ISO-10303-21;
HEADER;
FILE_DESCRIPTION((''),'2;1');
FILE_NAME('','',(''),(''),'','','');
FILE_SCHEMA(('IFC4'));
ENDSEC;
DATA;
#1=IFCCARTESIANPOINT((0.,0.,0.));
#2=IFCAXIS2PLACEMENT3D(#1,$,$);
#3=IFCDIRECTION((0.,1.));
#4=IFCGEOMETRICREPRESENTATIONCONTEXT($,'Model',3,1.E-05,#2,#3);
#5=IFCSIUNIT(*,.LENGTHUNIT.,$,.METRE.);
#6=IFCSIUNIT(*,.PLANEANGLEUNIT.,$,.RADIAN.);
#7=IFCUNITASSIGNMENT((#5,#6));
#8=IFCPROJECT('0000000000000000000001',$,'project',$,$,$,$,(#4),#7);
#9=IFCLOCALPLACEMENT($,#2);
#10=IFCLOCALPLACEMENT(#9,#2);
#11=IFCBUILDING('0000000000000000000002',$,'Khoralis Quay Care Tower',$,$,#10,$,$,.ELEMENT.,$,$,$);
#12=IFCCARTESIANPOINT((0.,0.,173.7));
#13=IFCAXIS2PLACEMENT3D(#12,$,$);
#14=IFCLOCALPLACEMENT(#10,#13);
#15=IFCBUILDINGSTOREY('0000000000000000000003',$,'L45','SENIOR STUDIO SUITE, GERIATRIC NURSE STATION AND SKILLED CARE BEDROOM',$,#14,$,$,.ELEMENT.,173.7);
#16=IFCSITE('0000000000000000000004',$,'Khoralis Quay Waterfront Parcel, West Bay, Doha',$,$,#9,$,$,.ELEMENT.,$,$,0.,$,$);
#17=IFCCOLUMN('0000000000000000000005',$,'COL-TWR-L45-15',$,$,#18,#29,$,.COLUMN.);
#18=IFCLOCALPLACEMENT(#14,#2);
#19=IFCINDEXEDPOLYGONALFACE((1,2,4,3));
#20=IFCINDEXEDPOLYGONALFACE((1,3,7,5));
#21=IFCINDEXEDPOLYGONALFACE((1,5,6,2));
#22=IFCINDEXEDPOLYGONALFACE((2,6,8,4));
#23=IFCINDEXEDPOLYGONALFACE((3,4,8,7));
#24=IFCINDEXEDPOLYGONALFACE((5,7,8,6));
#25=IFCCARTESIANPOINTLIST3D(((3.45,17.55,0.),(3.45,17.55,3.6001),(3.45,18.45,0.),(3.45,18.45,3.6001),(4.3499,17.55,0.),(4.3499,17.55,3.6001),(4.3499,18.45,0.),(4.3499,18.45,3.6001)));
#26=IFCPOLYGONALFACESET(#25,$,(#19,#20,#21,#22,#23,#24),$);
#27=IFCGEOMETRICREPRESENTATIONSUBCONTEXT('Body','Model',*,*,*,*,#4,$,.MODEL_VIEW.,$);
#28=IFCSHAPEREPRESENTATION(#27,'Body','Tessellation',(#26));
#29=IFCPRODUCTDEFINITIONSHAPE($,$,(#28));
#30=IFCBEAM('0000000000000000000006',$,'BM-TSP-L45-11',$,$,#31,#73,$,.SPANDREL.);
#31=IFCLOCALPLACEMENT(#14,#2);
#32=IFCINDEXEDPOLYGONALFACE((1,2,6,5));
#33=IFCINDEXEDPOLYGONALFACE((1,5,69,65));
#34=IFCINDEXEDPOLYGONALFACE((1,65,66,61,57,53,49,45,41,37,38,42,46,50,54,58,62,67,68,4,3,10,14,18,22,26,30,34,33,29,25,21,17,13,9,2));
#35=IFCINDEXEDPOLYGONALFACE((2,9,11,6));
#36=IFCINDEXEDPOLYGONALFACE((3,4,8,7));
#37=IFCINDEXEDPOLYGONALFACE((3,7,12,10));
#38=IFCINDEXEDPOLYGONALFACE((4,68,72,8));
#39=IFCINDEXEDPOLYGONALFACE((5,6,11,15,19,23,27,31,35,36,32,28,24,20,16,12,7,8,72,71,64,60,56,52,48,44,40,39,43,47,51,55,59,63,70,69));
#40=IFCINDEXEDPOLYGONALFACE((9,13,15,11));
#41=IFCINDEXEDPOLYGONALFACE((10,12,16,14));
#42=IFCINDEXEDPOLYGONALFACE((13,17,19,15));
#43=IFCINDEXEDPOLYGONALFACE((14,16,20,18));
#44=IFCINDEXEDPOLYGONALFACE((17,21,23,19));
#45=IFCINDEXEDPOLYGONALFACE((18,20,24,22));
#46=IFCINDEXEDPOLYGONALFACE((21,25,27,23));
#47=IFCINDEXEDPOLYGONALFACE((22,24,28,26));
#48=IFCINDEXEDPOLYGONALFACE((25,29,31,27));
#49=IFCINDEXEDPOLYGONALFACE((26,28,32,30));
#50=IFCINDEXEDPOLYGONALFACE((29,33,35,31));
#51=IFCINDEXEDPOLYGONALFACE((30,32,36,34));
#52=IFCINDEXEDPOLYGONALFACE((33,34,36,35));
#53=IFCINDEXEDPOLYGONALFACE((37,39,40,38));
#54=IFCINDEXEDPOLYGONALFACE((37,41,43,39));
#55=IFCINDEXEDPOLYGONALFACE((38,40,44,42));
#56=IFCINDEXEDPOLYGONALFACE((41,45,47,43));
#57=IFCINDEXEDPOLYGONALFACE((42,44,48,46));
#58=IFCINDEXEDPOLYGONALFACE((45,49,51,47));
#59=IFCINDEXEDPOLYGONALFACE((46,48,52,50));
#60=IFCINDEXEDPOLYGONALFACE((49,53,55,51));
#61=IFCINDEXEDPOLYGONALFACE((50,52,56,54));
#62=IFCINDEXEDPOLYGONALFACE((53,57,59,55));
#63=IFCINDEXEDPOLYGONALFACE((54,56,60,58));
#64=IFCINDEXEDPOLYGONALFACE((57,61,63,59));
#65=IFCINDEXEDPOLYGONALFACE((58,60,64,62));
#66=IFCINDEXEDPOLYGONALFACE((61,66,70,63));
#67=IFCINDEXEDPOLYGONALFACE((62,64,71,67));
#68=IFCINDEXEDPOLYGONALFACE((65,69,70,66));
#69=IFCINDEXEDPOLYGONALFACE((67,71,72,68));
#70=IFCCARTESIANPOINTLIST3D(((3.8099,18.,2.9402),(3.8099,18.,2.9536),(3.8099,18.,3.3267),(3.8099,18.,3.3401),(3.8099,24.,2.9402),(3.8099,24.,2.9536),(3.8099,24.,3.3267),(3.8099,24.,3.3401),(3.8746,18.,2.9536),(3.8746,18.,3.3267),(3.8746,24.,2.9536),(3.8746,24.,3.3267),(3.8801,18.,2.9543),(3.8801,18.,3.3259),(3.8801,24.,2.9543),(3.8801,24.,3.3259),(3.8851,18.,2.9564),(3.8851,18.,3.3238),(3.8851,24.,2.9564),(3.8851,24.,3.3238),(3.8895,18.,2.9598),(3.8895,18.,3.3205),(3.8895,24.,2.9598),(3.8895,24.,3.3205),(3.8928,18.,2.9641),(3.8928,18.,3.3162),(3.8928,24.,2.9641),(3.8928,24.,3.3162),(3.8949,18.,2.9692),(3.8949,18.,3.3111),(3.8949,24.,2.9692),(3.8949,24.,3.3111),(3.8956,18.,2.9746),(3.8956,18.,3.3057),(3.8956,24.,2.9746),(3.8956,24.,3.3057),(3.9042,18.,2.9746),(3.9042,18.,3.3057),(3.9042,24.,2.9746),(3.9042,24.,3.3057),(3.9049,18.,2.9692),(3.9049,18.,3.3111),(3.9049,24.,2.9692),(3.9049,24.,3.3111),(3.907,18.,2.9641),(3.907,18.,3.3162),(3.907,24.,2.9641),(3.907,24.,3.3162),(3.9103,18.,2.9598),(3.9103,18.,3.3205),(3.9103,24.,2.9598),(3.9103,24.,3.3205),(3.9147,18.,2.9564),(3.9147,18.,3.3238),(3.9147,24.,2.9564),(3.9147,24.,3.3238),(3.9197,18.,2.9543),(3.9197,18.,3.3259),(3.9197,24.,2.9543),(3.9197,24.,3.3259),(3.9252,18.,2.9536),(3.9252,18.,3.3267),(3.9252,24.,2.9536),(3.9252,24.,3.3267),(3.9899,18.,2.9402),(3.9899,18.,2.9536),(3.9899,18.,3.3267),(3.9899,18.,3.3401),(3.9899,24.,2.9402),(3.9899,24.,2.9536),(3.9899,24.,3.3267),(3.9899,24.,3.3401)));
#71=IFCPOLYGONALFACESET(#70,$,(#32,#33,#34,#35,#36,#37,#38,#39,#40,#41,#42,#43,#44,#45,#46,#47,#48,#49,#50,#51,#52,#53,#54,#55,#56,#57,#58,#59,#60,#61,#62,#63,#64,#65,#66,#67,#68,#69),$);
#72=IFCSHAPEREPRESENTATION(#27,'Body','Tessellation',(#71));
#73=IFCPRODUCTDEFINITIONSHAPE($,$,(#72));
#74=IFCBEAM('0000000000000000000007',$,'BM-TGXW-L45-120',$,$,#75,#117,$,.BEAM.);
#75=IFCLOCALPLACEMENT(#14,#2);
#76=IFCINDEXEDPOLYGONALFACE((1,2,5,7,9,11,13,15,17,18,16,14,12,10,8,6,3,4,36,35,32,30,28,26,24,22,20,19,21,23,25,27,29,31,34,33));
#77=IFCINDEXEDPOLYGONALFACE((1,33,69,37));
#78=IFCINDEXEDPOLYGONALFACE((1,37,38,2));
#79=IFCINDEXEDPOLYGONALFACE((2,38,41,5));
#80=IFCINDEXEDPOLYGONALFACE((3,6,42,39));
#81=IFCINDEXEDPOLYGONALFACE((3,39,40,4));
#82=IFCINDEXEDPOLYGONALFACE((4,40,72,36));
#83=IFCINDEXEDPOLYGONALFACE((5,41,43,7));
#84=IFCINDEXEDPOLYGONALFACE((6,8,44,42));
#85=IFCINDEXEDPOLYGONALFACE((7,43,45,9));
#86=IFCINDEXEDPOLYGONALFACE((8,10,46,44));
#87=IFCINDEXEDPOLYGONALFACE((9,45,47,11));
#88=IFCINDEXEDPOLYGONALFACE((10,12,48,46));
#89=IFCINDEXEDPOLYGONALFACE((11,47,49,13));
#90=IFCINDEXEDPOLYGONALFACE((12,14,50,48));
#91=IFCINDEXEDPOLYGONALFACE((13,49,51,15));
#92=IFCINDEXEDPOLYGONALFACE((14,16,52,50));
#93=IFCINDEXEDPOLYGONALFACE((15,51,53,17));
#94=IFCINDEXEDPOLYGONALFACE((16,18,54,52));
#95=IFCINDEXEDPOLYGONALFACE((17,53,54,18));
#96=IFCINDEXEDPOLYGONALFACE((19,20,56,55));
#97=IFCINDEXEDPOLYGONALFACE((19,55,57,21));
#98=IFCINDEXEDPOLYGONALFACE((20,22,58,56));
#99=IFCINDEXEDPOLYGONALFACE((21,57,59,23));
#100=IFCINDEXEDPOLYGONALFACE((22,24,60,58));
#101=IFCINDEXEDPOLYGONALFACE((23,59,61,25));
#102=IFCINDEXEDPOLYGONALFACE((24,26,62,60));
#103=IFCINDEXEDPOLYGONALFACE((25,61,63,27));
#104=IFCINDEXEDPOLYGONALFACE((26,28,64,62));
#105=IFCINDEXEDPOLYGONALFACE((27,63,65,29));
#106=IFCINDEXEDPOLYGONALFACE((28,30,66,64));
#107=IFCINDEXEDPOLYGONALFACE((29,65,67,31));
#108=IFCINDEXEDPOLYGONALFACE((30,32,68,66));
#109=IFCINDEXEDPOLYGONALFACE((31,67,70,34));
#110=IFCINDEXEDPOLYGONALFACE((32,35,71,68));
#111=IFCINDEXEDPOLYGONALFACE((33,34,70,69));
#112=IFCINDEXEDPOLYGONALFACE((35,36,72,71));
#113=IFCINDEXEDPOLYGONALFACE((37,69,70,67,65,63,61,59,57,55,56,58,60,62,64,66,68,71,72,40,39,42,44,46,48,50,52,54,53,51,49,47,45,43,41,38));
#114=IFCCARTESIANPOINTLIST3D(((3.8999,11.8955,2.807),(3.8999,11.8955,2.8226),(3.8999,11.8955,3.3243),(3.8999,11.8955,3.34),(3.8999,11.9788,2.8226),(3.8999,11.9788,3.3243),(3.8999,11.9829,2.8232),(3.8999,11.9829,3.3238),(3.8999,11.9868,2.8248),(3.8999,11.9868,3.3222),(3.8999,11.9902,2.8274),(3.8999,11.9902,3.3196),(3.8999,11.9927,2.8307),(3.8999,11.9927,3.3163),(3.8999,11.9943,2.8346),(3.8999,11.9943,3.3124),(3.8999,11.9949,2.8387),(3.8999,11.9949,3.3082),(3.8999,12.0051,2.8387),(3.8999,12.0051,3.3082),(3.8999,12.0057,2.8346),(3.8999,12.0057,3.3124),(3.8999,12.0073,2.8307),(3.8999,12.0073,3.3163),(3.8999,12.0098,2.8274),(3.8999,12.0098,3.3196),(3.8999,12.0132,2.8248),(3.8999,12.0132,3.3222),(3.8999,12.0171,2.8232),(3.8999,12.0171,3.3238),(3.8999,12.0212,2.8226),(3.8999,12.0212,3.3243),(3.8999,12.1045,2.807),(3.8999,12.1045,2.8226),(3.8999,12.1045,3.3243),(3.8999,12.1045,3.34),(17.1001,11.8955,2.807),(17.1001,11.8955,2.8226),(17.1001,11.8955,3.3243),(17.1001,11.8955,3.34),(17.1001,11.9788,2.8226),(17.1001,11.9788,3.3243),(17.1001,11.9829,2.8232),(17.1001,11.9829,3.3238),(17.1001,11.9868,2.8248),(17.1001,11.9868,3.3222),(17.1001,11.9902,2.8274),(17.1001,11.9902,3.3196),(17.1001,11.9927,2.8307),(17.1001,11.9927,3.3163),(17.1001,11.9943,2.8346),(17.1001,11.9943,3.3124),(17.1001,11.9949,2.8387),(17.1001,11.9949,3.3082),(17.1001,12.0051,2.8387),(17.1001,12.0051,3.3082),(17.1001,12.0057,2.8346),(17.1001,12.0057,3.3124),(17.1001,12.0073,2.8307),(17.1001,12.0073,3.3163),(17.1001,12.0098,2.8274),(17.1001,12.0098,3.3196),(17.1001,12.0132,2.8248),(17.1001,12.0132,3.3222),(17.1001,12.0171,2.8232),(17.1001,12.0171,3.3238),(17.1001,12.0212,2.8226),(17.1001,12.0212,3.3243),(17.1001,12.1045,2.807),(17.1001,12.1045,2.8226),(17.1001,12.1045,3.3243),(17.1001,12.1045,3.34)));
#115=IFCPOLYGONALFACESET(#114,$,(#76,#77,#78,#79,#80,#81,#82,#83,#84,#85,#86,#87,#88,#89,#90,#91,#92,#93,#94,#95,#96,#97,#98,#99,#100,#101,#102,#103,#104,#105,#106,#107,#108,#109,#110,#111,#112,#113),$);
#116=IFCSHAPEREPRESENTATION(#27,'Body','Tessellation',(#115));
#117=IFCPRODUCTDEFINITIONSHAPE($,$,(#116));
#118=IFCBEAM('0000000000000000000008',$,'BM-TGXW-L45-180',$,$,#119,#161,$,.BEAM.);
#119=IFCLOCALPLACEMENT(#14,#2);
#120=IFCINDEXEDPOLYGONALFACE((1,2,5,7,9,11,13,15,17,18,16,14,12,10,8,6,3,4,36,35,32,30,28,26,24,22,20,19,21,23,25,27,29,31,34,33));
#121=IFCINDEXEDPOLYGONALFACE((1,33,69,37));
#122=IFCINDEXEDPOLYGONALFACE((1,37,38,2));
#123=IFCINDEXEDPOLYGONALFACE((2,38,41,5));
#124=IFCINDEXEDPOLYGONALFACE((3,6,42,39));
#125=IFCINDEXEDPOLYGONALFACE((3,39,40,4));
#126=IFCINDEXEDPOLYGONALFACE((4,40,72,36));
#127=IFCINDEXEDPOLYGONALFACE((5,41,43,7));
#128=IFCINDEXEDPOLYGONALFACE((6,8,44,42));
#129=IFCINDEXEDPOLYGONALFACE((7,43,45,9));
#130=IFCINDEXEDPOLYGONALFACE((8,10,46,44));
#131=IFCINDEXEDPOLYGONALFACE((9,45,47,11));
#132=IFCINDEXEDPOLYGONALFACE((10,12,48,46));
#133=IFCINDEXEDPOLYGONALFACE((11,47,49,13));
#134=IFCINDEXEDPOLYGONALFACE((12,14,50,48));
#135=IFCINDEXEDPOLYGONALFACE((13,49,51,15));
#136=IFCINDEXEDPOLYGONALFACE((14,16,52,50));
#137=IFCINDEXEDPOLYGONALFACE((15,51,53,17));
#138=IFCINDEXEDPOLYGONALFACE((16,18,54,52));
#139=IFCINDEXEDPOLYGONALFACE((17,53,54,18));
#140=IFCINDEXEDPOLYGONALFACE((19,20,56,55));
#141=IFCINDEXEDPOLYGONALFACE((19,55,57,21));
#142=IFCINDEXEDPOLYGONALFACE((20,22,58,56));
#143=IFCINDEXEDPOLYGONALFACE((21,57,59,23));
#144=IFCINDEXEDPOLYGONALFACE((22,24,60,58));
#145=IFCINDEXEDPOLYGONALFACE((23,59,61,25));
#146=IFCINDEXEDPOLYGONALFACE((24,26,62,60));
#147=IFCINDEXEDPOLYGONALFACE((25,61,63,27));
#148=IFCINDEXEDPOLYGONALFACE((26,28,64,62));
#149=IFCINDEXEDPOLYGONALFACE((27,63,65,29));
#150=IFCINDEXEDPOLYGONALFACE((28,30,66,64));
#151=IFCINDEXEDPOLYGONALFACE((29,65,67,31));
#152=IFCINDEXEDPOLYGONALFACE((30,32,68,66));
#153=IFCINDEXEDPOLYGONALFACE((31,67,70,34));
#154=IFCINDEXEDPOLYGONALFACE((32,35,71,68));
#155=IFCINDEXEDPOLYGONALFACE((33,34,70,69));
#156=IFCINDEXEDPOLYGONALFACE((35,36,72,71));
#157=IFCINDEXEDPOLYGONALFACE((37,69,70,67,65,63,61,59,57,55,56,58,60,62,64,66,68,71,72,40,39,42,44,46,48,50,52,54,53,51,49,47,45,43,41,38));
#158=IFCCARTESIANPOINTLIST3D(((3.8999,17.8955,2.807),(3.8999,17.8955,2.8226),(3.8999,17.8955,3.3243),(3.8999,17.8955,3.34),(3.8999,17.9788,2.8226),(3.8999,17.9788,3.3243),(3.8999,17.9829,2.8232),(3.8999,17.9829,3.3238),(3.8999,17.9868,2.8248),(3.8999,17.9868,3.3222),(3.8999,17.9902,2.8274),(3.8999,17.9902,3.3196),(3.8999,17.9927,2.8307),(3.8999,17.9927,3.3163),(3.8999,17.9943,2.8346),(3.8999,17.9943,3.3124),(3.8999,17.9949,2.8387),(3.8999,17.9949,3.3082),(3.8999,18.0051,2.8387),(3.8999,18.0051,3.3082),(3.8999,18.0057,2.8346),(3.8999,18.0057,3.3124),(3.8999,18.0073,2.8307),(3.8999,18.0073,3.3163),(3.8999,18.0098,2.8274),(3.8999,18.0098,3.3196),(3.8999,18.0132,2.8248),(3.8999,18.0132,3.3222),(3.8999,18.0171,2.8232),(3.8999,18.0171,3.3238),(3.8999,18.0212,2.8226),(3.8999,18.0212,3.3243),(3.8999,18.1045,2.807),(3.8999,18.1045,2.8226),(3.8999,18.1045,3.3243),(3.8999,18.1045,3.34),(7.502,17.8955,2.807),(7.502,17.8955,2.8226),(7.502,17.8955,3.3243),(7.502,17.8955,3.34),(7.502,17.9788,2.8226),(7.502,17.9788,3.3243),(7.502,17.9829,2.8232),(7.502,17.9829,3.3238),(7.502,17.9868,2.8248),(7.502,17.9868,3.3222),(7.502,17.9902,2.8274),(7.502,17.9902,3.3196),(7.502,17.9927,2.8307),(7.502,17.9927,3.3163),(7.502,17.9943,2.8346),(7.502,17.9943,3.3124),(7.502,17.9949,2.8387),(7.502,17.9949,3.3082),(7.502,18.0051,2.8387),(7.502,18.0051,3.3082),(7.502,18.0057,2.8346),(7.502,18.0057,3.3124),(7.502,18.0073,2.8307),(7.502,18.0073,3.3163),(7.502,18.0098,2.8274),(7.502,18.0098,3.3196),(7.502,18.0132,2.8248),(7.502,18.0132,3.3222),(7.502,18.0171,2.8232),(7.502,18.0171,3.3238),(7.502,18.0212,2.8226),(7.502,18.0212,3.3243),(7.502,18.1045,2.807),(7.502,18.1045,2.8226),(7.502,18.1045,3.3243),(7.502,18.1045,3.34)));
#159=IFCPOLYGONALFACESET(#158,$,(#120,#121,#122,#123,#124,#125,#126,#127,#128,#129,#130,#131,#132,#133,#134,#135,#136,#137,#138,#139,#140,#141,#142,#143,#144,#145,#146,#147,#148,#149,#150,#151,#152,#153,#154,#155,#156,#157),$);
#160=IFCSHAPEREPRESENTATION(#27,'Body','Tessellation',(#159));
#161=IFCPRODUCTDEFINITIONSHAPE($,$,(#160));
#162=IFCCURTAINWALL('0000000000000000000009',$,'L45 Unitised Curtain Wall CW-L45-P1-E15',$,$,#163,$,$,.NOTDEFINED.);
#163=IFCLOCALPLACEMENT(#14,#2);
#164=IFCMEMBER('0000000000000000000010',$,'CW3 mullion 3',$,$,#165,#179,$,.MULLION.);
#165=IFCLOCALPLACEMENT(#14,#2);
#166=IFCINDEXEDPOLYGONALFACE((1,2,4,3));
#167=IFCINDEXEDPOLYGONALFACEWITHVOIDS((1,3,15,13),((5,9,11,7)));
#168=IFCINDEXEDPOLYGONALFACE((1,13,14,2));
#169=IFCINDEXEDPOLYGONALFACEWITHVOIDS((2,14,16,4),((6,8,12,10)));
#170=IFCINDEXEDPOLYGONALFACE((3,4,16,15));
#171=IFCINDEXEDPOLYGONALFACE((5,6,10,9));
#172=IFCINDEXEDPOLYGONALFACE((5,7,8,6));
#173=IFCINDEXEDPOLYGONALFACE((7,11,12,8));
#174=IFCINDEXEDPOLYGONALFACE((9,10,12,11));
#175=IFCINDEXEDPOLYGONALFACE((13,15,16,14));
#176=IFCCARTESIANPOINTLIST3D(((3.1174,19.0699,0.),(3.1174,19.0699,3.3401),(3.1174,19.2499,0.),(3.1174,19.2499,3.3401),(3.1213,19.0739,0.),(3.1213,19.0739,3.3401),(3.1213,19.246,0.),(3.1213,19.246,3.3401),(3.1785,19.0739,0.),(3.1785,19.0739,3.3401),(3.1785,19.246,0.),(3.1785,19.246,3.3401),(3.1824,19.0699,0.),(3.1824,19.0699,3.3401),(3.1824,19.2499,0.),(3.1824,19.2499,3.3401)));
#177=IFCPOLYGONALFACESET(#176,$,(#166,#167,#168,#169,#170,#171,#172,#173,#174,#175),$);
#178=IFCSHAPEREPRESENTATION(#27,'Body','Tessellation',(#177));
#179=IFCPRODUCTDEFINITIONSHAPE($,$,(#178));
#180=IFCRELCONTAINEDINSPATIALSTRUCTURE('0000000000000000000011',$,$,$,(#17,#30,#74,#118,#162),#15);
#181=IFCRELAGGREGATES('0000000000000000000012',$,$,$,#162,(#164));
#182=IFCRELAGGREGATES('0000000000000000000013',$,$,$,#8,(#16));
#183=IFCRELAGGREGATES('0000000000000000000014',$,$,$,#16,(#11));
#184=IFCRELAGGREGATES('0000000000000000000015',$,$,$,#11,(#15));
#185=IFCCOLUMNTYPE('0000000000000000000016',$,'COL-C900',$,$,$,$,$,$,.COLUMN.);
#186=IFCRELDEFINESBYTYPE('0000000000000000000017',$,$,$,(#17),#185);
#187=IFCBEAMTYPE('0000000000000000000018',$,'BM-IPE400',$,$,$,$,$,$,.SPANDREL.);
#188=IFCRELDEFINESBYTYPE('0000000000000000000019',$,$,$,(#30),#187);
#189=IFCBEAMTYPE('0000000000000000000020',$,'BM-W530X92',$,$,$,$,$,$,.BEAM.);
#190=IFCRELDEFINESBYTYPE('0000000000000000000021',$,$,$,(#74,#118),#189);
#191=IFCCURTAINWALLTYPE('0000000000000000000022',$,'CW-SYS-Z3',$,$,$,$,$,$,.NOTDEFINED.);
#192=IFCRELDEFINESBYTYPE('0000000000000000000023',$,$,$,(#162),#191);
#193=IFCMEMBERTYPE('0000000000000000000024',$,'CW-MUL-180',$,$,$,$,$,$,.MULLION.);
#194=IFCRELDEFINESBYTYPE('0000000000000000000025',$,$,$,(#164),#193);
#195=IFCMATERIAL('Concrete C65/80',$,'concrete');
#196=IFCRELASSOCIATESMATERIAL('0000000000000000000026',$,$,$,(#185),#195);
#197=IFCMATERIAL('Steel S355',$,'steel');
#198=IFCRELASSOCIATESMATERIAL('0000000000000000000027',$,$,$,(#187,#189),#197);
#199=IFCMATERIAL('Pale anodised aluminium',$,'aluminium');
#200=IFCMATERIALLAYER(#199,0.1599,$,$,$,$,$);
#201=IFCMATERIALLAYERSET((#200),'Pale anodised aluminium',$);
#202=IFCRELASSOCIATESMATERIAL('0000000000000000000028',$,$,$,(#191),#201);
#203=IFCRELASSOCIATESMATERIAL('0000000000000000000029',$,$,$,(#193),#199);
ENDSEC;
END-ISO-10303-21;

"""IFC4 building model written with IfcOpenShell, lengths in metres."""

from ifc_helpers import new_model, si_unit, direction, frame, origin, origin_2d, place, context, subcontext, project, spatial, rectangle, hollow_rectangle, i_section, extrude, source, transform, mapped, material, layer, layer_set, material_profile, profile_set, type_object, element, aggregate, save


model = new_model("IFC4")

# Units and contexts
model_context = context("Model", 3, precision=1e-05, world=origin(), true_north=direction((0.0, 1.0)))
body_context = subcontext(model_context, "Body", "Model", "MODEL_VIEW")
ifc_project = project(units=[si_unit("LENGTHUNIT", "METRE"), si_unit("PLANEANGLEUNIT", "RADIAN")], contexts=[model_context])

# Site, building, storey
site_placement = place(None, origin())
site = spatial("IfcSite", under=ifc_project, at=site_placement, Name="Khoralis Quay Waterfront Parcel, West Bay, Doha", CompositionType="ELEMENT", RefElevation=0.0)
building_placement = place(site_placement, origin())
building = spatial("IfcBuilding", under=site, at=building_placement, Name="Khoralis Quay Care Tower", CompositionType="ELEMENT")
storey_placement = place(building_placement, frame((0.0, 0.0, 173.7)))
storey = spatial("IfcBuildingStorey", under=building, at=storey_placement, Name="L45", Description="SENIOR STUDIO SUITE, GERIATRIC NURSE STATION AND SKILLED CARE BEDROOM", CompositionType="ELEMENT", Elevation=173.7)

# Column
ifc_material_1 = material(Name="Concrete C65/80", Category="concrete")
ifc_material_profile_1 = material_profile(ifc_material_1, rectangle(XDim=0.8999, YDim=0.8999, at=origin_2d()), Name="Concrete C65/80")
ifc_profile_set_1 = profile_set([ifc_material_profile_1], Name="Concrete C65/80")
column_type = type_object("IfcColumnType", Name="COL-C900", PredefinedType="COLUMN", material=ifc_profile_set_1)
shared_shape_1 = source(origin(), body_context, "Body", "SweptSolid", [
    extrude(rectangle(XDim=0.8999, YDim=0.8999, at=origin_2d()), origin(), (0.0, 0.0, 1.0), 3.6001),
])
column_placement = place(storey_placement, frame((3.8999, 18.0, 0.0), z_axis=(0.0, 0.0, 1.0), x_axis=(1.0, 0.0, 0.0)))
element("IfcColumn", 1, at=column_placement, inside=storey, type_object=column_type, Name="COL-TWR-L45-15", PredefinedType="COLUMN", context=body_context, shape_type="MappedRepresentation", body=[
    mapped(shared_shape_1, transform((0.0, 0.0, 0.0), scale=1.0)),
])

# Beams
ifc_material_2 = material(Name="Steel S355", Category="steel")
ifc_material_profile_2 = material_profile(ifc_material_2, i_section(OverallWidth=0.1799, OverallDepth=0.3999, WebThickness=0.0085, FlangeThickness=0.0134, FilletRadius=0.021, at=origin_2d()), Name="Steel S355")
ifc_profile_set_2 = profile_set([ifc_material_profile_2], Name="Steel S355")
beam_type_1 = type_object("IfcBeamType", Name="BM-IPE400", PredefinedType="SPANDREL", material=ifc_profile_set_2)
shared_shape_2 = source(origin(), body_context, "Body", "SweptSolid", [
    extrude(i_section(OverallWidth=0.1799, OverallDepth=0.3999, WebThickness=0.0085, FlangeThickness=0.0134, FilletRadius=0.021, at=origin_2d()), origin(), (0.0, 0.0, 1.0), 6.0),
])
beam_1_placement = place(storey_placement, frame((3.8999, 18.0, 3.1401), z_axis=(0.0, 1.0, 0.0), x_axis=(-1.0, 0.0, 0.0)))
element("IfcBeam", 2, at=beam_1_placement, inside=storey, type_object=beam_type_1, Name="BM-TSP-L45-11", PredefinedType="SPANDREL", context=body_context, shape_type="MappedRepresentation", body=[
    mapped(shared_shape_2, transform((0.0, 0.0, 0.0), scale=1.0)),
])
ifc_material_profile_3 = material_profile(ifc_material_2, i_section(OverallWidth=0.209, OverallDepth=0.533, WebThickness=0.0103, FlangeThickness=0.0156, FilletRadius=0.0161, at=origin_2d()), Name="Steel S355")
ifc_profile_set_3 = profile_set([ifc_material_profile_3], Name="Steel S355")
beam_type_2 = type_object("IfcBeamType", Name="BM-W530X92", PredefinedType="BEAM", material=ifc_profile_set_3)
shared_shape_3 = source(origin(), body_context, "Body", "SweptSolid", [
    extrude(i_section(OverallWidth=0.209, OverallDepth=0.533, WebThickness=0.0103, FlangeThickness=0.0156, FilletRadius=0.0161, at=origin_2d()), origin(), (0.0, 0.0, 1.0), 13.2002),
])
beam_2_placement = place(storey_placement, frame((3.8999, 12.0, 3.0735), z_axis=(1.0, 0.0, 0.0), x_axis=(0.0, 1.0, 0.0)))
element("IfcBeam", 3, at=beam_2_placement, inside=storey, type_object=beam_type_2, Name="BM-TGXW-L45-120", PredefinedType="BEAM", context=body_context, shape_type="MappedRepresentation", body=[
    mapped(shared_shape_3, transform((0.0, 0.0, 0.0), scale=1.0)),
])
shared_shape_4 = source(origin(), body_context, "Body", "SweptSolid", [
    extrude(i_section(OverallWidth=0.209, OverallDepth=0.533, WebThickness=0.0103, FlangeThickness=0.0156, FilletRadius=0.0161, at=origin_2d()), origin(), (0.0, 0.0, 1.0), 3.6021),
])
beam_3_placement = place(storey_placement, frame((3.8999, 18.0, 3.0735), z_axis=(1.0, 0.0, 0.0), x_axis=(0.0, 1.0, 0.0)))
element("IfcBeam", 4, at=beam_3_placement, inside=storey, type_object=beam_type_2, Name="BM-TGXW-L45-180", PredefinedType="BEAM", context=body_context, shape_type="MappedRepresentation", body=[
    mapped(shared_shape_4, transform((0.0, 0.0, 0.0), scale=1.0)),
])

# Curtain wall, member
ifc_material_3 = material(Name="Pale anodised aluminium", Category="aluminium")
ifc_layer_1 = layer(ifc_material_3, 0.1599)
ifc_layer_set_1 = layer_set([ifc_layer_1], Name="Pale anodised aluminium")
curtain_wall_type = type_object("IfcCurtainWallType", Name="CW-SYS-Z3", PredefinedType="NOTDEFINED", material=ifc_layer_set_1)
curtain_wall_placement = place(storey_placement, origin())
curtain_wall = element("IfcCurtainWall", 5, at=curtain_wall_placement, inside=storey, type_object=curtain_wall_type, Name="L45 Unitised Curtain Wall CW-L45-P1-E15", PredefinedType="NOTDEFINED")
ifc_material_profile_4 = material_profile(ifc_material_3, hollow_rectangle(XDim=0.0649, YDim=0.1799, WallThickness=0.0039, at=origin_2d()), Name="Pale anodised aluminium")
ifc_profile_set_4 = profile_set([ifc_material_profile_4], Name="Pale anodised aluminium")
member_type_1 = type_object("IfcMemberType", Name="CW-MUL-180", PredefinedType="MULLION", material=ifc_profile_set_4)
shared_shape_5 = source(origin(), body_context, "Body", "SweptSolid", [
    extrude(hollow_rectangle(XDim=0.0649, YDim=0.1799, WallThickness=0.0039, at=origin_2d()), origin(), (0.0, 0.0, 1.0), 3.3401),
])
member_1_placement = place(storey_placement, frame((3.1499, 19.1599, 0.0), z_axis=(0.0, 0.0, 1.0), x_axis=(1.0, 0.0, 0.0)))
member_1 = element("IfcMember", 6, at=member_1_placement, type_object=member_type_1, Name="CW3 mullion 3", PredefinedType="MULLION", context=body_context, shape_type="MappedRepresentation", body=[
    mapped(shared_shape_5, transform((0.0, 0.0, 0.0), scale=1.0)),
])
aggregate(curtain_wall, [member_1])

save(model, "model.ifc")
